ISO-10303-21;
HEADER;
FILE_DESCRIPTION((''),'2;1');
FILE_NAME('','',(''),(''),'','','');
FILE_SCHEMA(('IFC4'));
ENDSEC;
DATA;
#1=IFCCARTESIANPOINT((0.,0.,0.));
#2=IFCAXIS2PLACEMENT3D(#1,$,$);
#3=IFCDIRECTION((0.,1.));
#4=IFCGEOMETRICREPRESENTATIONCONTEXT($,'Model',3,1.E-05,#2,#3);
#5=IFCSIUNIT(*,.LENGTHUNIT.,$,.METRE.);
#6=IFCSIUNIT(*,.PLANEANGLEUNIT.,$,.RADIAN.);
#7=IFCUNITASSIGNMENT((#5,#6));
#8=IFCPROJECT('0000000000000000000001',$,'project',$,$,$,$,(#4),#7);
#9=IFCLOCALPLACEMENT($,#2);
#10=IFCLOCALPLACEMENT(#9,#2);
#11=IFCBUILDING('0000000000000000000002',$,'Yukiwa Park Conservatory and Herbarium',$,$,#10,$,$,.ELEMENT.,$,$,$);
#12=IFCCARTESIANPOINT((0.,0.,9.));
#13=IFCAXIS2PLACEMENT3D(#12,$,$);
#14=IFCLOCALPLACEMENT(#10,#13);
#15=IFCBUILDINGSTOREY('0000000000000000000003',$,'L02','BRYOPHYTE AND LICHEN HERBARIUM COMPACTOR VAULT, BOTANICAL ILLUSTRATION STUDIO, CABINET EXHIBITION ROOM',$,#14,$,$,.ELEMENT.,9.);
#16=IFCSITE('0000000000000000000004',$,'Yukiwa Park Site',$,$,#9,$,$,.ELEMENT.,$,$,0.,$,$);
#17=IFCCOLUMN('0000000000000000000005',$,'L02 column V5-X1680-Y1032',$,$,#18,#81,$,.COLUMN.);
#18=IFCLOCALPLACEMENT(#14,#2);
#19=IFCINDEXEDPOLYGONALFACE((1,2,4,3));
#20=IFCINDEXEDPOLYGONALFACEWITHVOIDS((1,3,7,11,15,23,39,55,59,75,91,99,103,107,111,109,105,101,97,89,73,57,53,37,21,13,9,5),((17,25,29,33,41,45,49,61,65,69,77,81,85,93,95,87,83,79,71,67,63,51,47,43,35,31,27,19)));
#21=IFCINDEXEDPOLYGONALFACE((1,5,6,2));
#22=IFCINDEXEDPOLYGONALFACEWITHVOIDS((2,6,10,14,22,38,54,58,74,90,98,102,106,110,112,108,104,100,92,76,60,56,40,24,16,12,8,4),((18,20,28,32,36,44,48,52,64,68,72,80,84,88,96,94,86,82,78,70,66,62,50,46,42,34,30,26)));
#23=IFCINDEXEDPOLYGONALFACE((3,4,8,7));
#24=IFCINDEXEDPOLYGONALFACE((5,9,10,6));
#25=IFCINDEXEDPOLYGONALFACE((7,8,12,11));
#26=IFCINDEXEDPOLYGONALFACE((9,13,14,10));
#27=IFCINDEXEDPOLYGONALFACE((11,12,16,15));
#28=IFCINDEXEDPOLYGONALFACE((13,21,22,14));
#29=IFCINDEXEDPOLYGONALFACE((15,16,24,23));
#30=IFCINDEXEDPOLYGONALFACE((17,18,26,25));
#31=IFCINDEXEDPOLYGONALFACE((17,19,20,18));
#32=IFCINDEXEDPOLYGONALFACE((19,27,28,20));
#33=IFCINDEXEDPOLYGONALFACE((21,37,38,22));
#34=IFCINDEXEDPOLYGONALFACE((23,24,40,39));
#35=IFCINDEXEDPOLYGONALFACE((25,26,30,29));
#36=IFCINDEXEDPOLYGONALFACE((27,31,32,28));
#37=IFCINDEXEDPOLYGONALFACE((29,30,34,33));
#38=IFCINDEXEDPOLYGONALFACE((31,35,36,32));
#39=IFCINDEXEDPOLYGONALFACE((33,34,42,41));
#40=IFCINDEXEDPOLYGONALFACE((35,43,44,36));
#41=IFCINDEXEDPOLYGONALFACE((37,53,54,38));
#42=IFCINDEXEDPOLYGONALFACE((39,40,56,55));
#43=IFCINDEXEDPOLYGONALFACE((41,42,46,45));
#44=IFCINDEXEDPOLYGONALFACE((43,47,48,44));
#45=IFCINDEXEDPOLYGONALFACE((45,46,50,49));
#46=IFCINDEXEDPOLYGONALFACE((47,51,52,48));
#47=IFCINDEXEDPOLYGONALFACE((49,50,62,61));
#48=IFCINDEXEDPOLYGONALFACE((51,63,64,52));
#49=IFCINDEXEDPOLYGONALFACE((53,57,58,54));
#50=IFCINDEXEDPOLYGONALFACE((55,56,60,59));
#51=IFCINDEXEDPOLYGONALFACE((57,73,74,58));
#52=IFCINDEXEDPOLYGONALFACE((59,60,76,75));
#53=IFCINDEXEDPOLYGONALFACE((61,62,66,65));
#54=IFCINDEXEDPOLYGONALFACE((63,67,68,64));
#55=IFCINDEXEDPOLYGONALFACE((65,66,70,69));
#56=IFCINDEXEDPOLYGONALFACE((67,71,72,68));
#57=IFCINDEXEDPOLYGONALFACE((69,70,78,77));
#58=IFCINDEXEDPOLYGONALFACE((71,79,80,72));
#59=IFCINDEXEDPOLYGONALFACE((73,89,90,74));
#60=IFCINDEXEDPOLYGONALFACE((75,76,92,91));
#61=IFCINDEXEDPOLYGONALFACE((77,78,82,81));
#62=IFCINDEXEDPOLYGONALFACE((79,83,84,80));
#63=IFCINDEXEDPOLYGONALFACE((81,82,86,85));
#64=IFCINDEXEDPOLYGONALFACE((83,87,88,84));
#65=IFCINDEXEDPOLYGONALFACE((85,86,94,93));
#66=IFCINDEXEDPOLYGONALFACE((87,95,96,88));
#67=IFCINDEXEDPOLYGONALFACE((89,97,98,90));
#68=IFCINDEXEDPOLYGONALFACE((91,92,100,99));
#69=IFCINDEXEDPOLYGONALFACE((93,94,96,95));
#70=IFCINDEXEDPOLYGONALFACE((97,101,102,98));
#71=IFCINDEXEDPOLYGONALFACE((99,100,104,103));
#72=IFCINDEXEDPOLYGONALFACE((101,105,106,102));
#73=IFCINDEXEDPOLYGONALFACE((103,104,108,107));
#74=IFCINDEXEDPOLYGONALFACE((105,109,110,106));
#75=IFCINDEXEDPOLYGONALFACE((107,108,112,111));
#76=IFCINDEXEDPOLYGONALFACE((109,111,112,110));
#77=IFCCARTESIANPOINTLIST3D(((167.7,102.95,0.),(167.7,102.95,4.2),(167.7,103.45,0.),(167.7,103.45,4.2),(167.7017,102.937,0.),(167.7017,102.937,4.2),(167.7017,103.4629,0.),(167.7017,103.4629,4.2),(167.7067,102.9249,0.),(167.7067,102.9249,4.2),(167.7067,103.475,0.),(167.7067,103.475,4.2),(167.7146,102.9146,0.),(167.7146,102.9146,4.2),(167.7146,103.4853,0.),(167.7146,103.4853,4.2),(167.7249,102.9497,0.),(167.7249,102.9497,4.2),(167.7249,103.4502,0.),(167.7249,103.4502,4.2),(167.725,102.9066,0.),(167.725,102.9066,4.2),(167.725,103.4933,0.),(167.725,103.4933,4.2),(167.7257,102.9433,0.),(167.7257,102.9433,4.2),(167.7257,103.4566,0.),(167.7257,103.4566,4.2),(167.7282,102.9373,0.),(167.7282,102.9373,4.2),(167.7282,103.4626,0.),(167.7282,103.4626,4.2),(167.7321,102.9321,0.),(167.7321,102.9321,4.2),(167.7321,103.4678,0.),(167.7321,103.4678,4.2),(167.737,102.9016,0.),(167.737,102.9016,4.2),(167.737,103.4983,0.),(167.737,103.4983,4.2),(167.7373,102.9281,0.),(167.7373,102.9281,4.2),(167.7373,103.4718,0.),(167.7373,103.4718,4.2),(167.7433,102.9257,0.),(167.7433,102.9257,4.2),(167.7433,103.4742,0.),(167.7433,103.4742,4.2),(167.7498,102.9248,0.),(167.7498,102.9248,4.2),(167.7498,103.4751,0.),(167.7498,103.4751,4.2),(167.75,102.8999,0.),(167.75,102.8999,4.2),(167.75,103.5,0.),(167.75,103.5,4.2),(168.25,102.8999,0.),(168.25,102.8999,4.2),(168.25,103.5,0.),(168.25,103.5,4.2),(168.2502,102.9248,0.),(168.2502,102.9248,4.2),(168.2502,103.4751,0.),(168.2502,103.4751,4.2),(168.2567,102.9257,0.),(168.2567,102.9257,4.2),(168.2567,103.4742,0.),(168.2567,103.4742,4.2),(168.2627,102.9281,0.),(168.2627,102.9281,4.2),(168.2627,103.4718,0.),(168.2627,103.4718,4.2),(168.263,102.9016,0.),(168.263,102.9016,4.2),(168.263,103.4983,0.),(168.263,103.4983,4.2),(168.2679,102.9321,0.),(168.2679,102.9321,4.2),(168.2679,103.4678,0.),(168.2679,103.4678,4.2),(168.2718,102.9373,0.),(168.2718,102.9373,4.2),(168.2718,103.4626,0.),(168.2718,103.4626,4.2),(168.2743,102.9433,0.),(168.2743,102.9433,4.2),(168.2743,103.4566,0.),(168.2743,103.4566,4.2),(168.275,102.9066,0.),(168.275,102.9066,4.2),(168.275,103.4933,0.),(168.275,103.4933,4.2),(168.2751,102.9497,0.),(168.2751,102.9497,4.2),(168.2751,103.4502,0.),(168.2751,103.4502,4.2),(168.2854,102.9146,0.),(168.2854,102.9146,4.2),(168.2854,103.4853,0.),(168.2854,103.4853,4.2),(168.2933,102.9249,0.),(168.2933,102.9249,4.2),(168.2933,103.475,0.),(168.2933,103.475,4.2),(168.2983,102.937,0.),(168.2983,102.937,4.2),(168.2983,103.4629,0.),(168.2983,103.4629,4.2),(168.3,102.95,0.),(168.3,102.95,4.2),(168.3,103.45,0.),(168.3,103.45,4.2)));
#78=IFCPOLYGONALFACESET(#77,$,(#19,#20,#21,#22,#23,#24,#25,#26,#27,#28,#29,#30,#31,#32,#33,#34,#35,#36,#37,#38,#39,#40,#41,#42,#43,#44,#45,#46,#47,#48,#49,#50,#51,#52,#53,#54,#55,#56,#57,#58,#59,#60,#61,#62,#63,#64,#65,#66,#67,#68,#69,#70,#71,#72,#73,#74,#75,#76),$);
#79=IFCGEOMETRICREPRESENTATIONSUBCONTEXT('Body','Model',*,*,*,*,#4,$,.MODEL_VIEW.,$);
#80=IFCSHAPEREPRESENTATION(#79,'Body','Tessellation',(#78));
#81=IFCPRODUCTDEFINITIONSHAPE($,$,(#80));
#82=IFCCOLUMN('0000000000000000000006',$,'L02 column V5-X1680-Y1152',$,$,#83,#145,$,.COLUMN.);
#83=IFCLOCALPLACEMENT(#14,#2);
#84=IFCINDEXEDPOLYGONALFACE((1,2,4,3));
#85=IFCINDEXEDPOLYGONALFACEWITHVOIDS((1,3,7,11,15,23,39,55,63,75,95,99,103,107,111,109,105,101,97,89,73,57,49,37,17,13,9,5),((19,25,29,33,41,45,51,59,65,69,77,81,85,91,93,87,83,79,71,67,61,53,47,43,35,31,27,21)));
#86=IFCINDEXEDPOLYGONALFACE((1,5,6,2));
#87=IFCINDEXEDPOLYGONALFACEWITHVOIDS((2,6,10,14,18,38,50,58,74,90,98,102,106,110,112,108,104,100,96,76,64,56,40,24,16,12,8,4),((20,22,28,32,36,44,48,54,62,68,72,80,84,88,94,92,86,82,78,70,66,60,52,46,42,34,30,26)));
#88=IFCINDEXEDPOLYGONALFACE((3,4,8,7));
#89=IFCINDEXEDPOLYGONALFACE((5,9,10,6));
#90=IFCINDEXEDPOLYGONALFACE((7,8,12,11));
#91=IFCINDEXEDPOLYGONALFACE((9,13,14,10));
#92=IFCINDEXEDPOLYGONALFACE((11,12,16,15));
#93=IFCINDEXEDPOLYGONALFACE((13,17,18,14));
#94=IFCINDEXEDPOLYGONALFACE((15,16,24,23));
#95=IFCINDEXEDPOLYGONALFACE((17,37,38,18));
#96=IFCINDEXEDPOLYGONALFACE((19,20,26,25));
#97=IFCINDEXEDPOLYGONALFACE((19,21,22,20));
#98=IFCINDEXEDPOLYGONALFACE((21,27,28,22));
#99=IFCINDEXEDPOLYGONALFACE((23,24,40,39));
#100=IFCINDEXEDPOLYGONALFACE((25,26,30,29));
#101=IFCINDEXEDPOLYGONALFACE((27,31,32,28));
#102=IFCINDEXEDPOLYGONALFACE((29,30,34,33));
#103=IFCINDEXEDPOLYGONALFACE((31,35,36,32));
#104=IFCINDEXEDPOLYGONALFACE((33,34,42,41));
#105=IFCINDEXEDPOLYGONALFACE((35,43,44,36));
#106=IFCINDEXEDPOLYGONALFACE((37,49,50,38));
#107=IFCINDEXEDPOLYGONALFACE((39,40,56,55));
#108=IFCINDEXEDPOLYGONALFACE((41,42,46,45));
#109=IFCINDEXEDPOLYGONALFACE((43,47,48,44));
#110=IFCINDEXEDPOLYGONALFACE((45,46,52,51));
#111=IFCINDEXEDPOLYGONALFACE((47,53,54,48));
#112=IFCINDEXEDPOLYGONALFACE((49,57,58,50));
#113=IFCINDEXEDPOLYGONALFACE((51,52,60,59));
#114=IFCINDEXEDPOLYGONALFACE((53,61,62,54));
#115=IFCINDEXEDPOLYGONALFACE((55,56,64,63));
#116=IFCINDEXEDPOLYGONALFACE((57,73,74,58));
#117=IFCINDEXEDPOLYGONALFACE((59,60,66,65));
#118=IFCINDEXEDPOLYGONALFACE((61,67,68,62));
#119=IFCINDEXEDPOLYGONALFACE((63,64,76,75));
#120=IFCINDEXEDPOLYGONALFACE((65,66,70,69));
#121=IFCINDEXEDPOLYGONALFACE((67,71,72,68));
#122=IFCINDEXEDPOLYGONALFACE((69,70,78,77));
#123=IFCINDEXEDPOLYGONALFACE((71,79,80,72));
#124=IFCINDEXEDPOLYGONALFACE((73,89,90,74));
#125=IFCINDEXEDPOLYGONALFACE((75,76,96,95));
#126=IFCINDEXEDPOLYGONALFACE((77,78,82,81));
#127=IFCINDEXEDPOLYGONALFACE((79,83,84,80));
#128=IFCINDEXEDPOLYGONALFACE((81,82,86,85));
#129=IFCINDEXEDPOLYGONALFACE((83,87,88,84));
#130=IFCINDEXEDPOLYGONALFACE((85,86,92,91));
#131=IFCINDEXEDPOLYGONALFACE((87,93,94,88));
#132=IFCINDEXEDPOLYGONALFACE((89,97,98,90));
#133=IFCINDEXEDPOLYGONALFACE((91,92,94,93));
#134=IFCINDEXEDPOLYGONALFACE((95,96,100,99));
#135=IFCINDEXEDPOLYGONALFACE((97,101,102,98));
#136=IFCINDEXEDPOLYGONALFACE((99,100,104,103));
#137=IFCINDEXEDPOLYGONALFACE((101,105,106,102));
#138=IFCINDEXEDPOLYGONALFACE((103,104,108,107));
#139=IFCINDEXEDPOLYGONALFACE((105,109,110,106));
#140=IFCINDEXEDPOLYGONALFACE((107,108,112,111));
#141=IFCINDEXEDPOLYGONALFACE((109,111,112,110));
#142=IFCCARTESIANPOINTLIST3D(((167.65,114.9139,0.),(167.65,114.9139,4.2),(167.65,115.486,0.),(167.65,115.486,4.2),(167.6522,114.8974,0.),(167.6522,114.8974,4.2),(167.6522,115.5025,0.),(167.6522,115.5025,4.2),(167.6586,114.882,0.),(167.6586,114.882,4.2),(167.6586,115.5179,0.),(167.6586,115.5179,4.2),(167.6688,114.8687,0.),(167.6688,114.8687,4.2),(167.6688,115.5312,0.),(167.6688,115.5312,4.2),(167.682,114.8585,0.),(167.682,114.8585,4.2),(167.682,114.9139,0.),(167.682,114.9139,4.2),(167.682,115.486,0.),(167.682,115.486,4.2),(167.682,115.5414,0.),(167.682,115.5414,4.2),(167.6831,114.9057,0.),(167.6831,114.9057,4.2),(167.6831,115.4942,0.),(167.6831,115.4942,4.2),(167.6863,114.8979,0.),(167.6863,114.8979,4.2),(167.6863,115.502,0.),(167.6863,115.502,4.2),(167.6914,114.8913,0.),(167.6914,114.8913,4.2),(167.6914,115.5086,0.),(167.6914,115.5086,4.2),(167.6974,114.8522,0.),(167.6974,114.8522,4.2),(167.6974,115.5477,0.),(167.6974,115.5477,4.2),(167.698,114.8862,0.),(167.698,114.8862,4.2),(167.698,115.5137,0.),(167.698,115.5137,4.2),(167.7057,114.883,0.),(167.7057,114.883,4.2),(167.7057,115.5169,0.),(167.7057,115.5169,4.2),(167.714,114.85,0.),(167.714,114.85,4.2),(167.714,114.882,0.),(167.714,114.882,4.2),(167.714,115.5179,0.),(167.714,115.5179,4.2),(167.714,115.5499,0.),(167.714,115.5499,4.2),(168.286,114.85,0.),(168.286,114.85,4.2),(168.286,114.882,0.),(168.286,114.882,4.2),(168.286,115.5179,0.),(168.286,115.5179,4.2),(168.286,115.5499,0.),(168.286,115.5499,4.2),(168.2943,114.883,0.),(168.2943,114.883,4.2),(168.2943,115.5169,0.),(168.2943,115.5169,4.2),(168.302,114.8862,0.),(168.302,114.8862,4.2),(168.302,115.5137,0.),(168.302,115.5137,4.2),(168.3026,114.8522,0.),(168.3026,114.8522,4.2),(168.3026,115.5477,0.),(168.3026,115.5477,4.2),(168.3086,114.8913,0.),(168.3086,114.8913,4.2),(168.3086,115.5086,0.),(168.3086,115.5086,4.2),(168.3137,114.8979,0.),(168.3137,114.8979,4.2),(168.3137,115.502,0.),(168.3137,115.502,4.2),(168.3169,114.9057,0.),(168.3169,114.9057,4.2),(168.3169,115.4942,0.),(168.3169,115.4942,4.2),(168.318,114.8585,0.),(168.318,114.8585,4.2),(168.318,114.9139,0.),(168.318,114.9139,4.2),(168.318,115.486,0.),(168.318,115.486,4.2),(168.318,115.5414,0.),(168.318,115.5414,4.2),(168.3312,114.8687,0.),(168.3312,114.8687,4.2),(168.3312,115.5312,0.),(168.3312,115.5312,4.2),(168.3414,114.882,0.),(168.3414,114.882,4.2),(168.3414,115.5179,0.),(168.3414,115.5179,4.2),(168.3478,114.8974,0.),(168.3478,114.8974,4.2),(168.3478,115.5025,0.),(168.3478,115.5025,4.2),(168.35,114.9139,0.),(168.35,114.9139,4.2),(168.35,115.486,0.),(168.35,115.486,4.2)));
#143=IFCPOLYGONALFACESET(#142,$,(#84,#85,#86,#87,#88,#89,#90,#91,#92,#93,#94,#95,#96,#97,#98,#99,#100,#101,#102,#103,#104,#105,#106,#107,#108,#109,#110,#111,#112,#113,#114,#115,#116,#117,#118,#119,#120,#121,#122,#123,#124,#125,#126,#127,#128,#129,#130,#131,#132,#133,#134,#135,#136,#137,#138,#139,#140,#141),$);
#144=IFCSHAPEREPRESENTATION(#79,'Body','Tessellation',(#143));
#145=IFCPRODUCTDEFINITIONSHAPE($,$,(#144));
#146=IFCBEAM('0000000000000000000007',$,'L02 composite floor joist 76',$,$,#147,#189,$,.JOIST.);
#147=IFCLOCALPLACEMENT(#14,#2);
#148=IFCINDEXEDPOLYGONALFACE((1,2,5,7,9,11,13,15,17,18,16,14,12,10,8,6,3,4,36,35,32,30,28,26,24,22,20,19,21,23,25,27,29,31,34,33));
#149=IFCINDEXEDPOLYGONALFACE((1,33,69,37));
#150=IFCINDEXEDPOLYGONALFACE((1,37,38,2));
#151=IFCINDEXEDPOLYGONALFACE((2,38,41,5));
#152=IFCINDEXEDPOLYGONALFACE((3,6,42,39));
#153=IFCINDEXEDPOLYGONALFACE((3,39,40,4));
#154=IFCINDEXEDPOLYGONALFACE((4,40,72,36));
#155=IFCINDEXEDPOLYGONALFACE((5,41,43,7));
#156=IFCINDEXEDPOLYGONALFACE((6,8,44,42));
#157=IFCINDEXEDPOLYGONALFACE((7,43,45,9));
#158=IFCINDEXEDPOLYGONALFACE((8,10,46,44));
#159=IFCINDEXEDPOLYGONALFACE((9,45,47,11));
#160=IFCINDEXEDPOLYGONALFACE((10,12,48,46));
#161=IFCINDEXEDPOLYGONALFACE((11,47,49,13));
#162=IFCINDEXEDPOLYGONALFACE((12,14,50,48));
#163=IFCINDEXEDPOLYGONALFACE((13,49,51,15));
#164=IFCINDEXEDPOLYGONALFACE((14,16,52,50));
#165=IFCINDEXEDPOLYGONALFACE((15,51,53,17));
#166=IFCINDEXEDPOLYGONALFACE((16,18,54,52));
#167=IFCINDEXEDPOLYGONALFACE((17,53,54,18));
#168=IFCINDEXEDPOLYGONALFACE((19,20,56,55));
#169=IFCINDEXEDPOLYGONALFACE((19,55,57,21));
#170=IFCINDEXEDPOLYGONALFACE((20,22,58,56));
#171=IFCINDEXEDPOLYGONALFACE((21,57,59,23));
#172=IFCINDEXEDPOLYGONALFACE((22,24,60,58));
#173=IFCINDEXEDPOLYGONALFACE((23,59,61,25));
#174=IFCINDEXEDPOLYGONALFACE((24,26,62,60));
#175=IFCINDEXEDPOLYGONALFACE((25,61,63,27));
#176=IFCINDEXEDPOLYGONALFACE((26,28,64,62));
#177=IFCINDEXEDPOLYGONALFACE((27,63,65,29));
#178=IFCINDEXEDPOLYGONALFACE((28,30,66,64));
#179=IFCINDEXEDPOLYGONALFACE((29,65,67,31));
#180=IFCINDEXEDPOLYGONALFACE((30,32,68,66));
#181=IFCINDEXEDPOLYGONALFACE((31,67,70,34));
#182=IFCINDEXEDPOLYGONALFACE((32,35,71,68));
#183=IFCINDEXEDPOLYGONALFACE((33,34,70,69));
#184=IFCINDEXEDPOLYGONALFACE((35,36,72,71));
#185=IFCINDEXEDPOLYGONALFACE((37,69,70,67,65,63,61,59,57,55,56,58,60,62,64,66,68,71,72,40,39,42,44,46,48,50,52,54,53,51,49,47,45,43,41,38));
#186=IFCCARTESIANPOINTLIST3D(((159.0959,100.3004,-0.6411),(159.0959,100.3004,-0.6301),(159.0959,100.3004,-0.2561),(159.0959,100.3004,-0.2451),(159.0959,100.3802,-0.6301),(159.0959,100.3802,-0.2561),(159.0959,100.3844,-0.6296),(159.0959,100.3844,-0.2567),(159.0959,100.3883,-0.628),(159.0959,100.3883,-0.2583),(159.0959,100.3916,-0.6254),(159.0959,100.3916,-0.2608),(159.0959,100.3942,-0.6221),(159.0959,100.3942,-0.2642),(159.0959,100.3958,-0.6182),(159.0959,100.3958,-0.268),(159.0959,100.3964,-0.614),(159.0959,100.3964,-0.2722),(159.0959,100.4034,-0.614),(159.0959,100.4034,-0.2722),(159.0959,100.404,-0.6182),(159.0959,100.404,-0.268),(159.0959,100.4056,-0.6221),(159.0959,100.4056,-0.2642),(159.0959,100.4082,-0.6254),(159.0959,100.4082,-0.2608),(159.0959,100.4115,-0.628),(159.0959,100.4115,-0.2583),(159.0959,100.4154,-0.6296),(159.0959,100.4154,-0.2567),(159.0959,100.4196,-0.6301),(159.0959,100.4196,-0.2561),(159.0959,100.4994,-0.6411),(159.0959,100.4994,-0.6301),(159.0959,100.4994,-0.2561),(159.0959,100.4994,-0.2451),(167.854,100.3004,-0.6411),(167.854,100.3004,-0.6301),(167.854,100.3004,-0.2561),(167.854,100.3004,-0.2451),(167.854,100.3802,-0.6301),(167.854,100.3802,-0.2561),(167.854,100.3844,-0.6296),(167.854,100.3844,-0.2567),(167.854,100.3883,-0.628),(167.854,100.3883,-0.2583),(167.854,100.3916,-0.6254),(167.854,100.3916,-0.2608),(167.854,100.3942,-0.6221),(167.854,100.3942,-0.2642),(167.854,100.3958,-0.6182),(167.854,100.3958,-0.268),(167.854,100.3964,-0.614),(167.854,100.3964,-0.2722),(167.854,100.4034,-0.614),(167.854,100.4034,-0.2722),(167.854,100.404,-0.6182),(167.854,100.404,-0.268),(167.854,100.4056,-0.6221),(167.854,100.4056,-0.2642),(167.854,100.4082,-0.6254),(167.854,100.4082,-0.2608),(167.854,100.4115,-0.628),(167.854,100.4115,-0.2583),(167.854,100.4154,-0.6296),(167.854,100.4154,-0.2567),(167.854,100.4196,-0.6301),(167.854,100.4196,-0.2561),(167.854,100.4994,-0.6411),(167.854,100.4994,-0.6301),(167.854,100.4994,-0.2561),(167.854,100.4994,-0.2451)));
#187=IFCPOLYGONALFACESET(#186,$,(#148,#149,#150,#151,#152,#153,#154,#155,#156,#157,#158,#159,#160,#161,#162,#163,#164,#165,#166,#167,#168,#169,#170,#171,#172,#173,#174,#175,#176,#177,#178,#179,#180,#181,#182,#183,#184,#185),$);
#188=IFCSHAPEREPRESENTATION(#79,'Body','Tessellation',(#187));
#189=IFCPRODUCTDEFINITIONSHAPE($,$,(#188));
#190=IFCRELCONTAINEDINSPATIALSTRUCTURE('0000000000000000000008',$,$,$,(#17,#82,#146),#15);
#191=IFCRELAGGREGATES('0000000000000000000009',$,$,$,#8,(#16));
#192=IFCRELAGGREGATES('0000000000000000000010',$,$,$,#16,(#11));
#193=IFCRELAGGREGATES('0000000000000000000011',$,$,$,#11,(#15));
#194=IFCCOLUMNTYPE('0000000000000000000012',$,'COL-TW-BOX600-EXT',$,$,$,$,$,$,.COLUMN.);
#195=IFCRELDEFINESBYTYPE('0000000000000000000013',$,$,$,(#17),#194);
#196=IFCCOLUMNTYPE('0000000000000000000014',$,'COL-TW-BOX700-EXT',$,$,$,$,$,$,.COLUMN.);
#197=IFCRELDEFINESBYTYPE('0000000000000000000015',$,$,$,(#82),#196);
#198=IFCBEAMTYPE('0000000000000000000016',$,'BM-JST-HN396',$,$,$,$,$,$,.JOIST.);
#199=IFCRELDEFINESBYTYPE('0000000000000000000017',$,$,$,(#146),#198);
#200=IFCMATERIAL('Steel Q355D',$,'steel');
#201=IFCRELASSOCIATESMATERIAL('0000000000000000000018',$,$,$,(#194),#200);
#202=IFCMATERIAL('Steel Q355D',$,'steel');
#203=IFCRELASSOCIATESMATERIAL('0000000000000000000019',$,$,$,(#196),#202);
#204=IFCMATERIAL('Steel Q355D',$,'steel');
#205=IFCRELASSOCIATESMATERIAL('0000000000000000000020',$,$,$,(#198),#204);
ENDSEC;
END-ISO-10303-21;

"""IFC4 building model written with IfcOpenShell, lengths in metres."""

from ifc_helpers import new_model, si_unit, direction, frame, origin, origin_2d, place, context, subcontext, project, spatial, hollow_rectangle, i_section, extrude, material, material_profile, profile_set, type_object, element, save


model = new_model("IFC4")

# Units and contexts
model_context = context("Model", 3, precision=1e-05, world=origin(), true_north=direction((0.0, 1.0)))
body_context = subcontext(model_context, "Body", "Model", "MODEL_VIEW")
ifc_project = project(units=[si_unit("LENGTHUNIT", "METRE"), si_unit("PLANEANGLEUNIT", "RADIAN")], contexts=[model_context])

# Site, building, storey
site_placement = place(None, origin())
site = spatial("IfcSite", under=ifc_project, at=site_placement, Name="Yukiwa Park Site", CompositionType="ELEMENT", RefElevation=0.0)
building_placement = place(site_placement, origin())
building = spatial("IfcBuilding", under=site, at=building_placement, Name="Yukiwa Park Conservatory and Herbarium", CompositionType="ELEMENT")
storey_placement = place(building_placement, frame((0.0, 0.0, 9.0)))
storey = spatial("IfcBuildingStorey", under=building, at=storey_placement, Name="L02", Description="BRYOPHYTE AND LICHEN HERBARIUM COMPACTOR VAULT, BOTANICAL ILLUSTRATION STUDIO, CABINET EXHIBITION ROOM", CompositionType="ELEMENT", Elevation=9.0)

# Columns
ifc_material_1 = material(Name="Steel Q355D", Category="steel")
ifc_material_profile_1 = material_profile(ifc_material_1, hollow_rectangle(XDim=0.6001, YDim=0.6001, WallThickness=0.0249, InnerFilletRadius=0.0249, OuterFilletRadius=0.05, at=origin_2d()), Name="BOX 600x600x25")
ifc_profile_set_1 = profile_set([ifc_material_profile_1], Name="Steel Q355D")
column_type_1 = type_object("IfcColumnType", Name="COL-TW-BOX600-EXT", PredefinedType="COLUMN", material=ifc_profile_set_1)
column_1_placement = place(storey_placement, frame((168.0, 103.2, 0.0), z_axis=(0.0, 0.0, 1.0), x_axis=(1.0, 0.0, 0.0)))
element("IfcColumn", 1, at=column_1_placement, inside=storey, type_object=column_type_1, Name="L02 column V5-X1680-Y1032", PredefinedType="COLUMN", context=body_context, shape_type="SweptSolid", body=[
    extrude(hollow_rectangle(XDim=0.6001, YDim=0.6001, WallThickness=0.0249, InnerFilletRadius=0.0249, OuterFilletRadius=0.05, at=origin_2d()), origin(), (0.0, 0.0, 1.0), 4.2),
])
ifc_material_2 = material(Name="Steel Q355D", Category="steel")
ifc_material_profile_2 = material_profile(ifc_material_2, hollow_rectangle(XDim=0.7, YDim=0.7, WallThickness=0.032, InnerFilletRadius=0.032, OuterFilletRadius=0.064, at=origin_2d()), Name="BOX 700x700x32")
ifc_profile_set_2 = profile_set([ifc_material_profile_2], Name="Steel Q355D")
column_type_2 = type_object("IfcColumnType", Name="COL-TW-BOX700-EXT", PredefinedType="COLUMN", material=ifc_profile_set_2)
column_2_placement = place(storey_placement, frame((168.0, 115.2, 0.0), z_axis=(0.0, 0.0, 1.0), x_axis=(1.0, 0.0, 0.0)))
element("IfcColumn", 2, at=column_2_placement, inside=storey, type_object=column_type_2, Name="L02 column V5-X1680-Y1152", PredefinedType="COLUMN", context=body_context, shape_type="SweptSolid", body=[
    extrude(hollow_rectangle(XDim=0.7, YDim=0.7, WallThickness=0.032, InnerFilletRadius=0.032, OuterFilletRadius=0.064, at=origin_2d()), origin(), (0.0, 0.0, 1.0), 4.2),
])

# Beam
ifc_material_3 = material(Name="Steel Q355D", Category="steel")
ifc_material_profile_3 = material_profile(ifc_material_3, i_section(OverallWidth=0.199, OverallDepth=0.396, WebThickness=0.0071, FlangeThickness=0.011, FilletRadius=0.0161, at=origin_2d()), Name="HN 396x199x7x11")
ifc_profile_set_3 = profile_set([ifc_material_profile_3], Name="Steel Q355D")
beam_type_1 = type_object("IfcBeamType", Name="BM-JST-HN396", PredefinedType="JOIST", material=ifc_profile_set_3)
beam_1_placement = place(storey_placement, frame((159.0959, 100.3999, -0.4431), z_axis=(1.0, 0.0, 0.0), x_axis=(0.0, 1.0, 0.0)))
element("IfcBeam", 3, at=beam_1_placement, inside=storey, type_object=beam_type_1, Name="L02 composite floor joist 76", PredefinedType="JOIST", context=body_context, shape_type="SweptSolid", body=[
    extrude(i_section(OverallWidth=0.199, OverallDepth=0.396, WebThickness=0.0071, FlangeThickness=0.011, FilletRadius=0.0161, at=origin_2d()), origin(), (0.0, 0.0, 1.0), 8.7581),
])

save(model, "model.ifc")
